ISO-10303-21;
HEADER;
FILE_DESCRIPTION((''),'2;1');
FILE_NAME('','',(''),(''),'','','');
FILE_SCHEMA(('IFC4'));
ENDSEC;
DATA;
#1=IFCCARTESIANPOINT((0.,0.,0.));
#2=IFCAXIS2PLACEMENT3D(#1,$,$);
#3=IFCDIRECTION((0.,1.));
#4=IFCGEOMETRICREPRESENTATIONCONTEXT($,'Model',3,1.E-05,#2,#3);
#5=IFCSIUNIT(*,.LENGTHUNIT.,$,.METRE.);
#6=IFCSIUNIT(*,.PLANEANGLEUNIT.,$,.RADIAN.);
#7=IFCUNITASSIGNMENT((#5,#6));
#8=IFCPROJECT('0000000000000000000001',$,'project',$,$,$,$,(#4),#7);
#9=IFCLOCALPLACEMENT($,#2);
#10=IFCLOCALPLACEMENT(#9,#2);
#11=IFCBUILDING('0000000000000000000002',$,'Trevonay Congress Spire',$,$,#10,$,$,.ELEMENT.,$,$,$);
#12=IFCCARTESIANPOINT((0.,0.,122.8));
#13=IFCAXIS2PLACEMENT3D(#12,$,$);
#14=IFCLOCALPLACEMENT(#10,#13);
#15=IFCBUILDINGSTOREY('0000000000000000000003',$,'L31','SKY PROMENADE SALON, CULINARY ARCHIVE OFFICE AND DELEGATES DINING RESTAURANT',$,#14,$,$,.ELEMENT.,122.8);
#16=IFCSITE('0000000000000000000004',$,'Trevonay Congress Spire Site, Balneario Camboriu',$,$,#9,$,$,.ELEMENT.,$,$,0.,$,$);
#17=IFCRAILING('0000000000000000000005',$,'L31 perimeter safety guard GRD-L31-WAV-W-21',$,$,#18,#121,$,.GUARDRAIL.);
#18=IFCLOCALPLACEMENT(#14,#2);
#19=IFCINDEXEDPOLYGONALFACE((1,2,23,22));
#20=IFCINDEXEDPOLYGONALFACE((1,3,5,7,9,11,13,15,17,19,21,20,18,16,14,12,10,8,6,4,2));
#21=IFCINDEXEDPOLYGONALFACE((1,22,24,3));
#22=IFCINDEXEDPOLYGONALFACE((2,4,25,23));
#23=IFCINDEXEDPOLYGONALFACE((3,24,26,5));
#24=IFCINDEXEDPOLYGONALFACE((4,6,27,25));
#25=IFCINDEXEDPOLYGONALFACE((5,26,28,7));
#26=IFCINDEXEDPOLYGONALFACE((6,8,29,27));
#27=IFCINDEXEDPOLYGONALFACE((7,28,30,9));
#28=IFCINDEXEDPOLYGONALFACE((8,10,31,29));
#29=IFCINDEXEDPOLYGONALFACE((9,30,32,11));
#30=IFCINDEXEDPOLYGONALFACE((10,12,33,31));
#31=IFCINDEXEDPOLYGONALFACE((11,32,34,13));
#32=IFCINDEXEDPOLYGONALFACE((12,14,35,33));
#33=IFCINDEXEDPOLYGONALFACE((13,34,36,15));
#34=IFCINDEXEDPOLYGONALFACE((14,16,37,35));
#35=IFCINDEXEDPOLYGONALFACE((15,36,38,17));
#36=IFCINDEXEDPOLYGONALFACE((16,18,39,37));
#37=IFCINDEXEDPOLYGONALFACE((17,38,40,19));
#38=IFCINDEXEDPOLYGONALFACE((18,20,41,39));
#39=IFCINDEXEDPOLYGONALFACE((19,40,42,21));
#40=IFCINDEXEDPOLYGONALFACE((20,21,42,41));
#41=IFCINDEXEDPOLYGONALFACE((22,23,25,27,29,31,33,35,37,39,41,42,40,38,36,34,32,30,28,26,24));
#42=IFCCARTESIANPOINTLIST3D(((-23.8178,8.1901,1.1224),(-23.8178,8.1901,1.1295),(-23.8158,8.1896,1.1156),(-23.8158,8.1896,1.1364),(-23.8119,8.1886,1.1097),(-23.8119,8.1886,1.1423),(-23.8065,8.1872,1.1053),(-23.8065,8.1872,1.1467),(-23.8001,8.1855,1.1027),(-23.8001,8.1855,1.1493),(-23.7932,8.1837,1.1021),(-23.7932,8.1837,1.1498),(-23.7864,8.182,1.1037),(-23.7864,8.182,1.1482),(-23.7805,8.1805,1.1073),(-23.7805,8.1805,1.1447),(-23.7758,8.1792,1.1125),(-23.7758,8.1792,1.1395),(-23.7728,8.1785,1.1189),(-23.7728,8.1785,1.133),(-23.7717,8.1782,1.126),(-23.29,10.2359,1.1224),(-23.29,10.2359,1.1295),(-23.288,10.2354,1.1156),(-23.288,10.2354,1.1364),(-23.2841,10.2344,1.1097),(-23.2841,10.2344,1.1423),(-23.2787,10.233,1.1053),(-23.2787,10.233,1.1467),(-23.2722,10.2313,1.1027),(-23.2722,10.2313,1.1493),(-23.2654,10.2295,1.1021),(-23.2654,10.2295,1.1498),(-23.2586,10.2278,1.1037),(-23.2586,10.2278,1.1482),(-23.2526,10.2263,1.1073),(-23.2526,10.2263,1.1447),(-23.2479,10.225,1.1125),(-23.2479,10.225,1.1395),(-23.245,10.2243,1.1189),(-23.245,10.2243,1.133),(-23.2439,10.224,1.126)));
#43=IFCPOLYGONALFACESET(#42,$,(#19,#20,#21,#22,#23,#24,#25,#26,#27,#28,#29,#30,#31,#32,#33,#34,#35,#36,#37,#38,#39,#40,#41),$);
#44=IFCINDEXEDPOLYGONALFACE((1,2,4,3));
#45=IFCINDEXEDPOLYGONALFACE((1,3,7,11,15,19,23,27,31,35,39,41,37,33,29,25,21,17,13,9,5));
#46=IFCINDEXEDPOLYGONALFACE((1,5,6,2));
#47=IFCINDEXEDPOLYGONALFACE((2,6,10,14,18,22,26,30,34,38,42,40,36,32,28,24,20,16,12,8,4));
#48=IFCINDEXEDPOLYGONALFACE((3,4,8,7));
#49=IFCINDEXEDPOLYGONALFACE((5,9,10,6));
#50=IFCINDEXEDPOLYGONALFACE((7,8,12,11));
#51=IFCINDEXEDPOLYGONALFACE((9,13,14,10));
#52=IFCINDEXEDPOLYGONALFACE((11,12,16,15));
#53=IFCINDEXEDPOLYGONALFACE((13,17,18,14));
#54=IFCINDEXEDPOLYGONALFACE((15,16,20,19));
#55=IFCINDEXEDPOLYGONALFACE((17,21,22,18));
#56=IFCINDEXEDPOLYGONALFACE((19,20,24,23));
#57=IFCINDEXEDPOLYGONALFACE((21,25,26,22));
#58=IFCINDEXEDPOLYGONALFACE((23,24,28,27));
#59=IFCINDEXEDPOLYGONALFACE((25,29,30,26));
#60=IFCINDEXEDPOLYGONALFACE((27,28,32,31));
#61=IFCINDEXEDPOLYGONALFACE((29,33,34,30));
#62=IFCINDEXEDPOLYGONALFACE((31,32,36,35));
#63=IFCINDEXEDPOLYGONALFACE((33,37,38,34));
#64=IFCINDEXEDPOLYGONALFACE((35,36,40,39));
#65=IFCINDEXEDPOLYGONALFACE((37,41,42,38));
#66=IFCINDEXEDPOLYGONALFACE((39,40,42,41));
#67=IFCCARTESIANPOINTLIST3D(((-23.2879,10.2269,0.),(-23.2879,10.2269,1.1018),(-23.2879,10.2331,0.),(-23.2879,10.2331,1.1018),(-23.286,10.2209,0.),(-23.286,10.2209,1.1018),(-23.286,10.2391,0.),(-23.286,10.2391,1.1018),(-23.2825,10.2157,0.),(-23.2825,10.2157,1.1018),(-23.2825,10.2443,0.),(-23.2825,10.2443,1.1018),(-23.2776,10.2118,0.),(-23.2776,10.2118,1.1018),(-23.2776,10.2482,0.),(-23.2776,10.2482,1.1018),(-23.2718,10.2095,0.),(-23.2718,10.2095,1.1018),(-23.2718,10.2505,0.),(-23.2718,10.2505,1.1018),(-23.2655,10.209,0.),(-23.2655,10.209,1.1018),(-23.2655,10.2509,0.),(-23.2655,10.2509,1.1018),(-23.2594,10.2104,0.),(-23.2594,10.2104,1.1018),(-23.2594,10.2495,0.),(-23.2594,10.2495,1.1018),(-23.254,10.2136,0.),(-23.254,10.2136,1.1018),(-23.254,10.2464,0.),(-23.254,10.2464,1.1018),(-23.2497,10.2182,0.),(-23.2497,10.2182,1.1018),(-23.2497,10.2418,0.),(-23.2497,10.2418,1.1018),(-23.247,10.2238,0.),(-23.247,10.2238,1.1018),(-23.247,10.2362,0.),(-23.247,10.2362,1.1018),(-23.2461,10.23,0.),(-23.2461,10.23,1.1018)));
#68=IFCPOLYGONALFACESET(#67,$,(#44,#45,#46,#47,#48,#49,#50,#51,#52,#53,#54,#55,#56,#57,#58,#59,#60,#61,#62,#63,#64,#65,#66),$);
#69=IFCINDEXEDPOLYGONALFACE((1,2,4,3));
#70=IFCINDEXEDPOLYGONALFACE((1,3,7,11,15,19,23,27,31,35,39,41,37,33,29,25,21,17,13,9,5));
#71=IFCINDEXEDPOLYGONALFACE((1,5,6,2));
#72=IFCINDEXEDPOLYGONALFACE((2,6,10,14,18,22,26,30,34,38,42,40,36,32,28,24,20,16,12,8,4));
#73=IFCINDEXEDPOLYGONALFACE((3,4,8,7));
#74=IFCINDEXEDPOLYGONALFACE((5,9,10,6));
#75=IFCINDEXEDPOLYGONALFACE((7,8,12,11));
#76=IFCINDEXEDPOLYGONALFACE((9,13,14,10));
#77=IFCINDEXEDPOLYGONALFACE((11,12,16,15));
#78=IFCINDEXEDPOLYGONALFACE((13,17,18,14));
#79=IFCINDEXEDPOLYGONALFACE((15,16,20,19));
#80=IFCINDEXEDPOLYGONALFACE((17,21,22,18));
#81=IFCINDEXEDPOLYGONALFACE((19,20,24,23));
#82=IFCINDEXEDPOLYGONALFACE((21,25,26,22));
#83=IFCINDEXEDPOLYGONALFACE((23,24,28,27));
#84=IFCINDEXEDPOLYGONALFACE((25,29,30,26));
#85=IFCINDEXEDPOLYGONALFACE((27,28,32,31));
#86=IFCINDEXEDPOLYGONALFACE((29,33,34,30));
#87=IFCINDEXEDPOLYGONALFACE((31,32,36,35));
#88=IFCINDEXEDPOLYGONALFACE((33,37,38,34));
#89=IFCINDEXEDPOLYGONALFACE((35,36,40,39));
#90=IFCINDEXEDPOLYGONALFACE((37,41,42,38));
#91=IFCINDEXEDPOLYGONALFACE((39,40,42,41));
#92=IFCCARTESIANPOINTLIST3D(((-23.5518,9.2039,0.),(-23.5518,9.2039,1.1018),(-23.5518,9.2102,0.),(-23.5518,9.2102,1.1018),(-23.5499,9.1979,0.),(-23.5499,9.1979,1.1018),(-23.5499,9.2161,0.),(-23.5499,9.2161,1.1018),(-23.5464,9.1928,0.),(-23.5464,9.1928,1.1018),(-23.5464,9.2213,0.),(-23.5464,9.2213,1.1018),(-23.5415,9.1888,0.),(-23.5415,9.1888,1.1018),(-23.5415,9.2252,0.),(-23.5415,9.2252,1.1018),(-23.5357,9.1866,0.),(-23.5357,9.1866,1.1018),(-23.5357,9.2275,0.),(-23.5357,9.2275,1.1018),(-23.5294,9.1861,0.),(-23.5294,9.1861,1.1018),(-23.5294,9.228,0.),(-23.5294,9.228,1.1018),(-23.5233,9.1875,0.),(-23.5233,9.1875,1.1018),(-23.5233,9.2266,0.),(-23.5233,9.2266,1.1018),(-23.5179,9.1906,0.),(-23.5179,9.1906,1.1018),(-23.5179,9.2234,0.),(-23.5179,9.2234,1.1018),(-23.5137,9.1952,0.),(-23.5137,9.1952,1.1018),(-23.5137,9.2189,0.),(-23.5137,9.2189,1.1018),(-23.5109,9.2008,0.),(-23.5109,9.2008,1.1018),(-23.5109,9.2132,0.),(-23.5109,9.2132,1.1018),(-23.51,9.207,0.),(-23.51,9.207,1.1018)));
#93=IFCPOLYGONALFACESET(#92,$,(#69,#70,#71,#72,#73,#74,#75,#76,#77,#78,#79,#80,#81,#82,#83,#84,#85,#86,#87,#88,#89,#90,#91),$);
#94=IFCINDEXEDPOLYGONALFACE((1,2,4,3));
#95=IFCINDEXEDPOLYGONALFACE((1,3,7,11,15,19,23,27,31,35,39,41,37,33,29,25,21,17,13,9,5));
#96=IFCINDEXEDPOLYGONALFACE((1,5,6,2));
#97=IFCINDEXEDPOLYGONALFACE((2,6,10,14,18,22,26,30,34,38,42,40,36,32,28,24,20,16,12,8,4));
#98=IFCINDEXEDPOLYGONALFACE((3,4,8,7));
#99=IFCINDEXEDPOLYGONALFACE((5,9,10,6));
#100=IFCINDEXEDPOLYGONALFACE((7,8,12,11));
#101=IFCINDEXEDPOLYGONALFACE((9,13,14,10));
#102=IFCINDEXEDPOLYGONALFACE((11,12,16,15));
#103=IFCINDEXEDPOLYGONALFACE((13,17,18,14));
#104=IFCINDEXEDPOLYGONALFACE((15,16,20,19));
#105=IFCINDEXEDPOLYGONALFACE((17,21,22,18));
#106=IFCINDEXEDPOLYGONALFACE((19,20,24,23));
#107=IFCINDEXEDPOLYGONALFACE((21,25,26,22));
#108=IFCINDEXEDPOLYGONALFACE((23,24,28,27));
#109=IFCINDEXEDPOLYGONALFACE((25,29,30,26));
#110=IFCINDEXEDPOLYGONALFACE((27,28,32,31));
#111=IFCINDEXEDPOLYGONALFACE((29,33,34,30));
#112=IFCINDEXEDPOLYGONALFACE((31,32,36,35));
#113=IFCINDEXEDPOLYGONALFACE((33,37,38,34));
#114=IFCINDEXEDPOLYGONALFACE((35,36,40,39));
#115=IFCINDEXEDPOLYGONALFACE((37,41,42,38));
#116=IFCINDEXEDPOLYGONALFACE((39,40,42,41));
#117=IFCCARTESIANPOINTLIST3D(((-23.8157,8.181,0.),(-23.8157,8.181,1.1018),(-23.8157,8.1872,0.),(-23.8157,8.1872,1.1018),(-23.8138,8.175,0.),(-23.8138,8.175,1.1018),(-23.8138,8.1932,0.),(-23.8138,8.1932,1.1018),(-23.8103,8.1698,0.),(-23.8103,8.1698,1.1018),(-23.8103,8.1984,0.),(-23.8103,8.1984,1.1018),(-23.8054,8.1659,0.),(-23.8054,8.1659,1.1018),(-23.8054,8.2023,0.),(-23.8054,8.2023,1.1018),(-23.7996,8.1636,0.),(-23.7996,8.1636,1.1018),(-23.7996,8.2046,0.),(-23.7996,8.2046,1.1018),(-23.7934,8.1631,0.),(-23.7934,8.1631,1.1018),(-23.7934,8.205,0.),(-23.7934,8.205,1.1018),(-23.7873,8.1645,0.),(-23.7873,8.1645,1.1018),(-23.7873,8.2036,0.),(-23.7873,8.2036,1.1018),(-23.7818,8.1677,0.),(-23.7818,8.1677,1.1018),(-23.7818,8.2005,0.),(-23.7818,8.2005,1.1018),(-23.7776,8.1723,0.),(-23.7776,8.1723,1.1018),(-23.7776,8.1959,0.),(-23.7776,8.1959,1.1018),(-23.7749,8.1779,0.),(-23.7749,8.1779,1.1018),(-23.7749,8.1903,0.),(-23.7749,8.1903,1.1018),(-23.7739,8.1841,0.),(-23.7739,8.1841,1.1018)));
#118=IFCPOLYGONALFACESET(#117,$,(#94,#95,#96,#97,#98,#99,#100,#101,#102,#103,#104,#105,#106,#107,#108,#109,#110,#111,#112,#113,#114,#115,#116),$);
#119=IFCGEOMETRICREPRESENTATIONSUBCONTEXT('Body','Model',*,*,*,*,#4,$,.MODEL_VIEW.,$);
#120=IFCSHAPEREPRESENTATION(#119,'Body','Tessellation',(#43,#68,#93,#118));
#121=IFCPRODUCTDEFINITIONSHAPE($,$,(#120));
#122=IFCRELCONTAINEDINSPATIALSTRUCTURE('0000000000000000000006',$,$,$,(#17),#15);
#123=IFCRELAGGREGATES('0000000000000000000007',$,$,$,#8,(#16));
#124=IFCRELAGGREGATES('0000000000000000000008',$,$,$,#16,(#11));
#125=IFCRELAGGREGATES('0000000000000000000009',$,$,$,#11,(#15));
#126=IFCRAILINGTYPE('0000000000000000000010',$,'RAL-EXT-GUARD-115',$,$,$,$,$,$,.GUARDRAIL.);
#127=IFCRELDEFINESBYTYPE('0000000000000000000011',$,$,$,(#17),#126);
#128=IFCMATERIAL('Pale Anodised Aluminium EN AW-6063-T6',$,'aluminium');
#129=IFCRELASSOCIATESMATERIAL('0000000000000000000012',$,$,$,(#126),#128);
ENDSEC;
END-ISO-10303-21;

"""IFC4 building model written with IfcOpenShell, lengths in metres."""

from ifc_helpers import new_model, si_unit, direction, frame, origin, origin_2d, place, context, subcontext, project, spatial, circle, extrude, material, type_object, element, save


model = new_model("IFC4")

# Units and contexts
model_context = context("Model", 3, precision=1e-05, world=origin(), true_north=direction((0.0, 1.0)))
body_context = subcontext(model_context, "Body", "Model", "MODEL_VIEW")
ifc_project = project(units=[si_unit("LENGTHUNIT", "METRE"), si_unit("PLANEANGLEUNIT", "RADIAN")], contexts=[model_context])

# Site, building, storey
site_placement = place(None, origin())
site = spatial("IfcSite", under=ifc_project, at=site_placement, Name="Trevonay Congress Spire Site, Balneario Camboriu", CompositionType="ELEMENT", RefElevation=0.0)
building_placement = place(site_placement, origin())
building = spatial("IfcBuilding", under=site, at=building_placement, Name="Trevonay Congress Spire", CompositionType="ELEMENT")
storey_placement = place(building_placement, frame((0.0, 0.0, 122.8)))
storey = spatial("IfcBuildingStorey", under=building, at=storey_placement, Name="L31", Description="SKY PROMENADE SALON, CULINARY ARCHIVE OFFICE AND DELEGATES DINING RESTAURANT", CompositionType="ELEMENT", Elevation=122.8)

# Shared definitions
ifc_material_1 = material(Name="Pale Anodised Aluminium EN AW-6063-T6", Category="aluminium")

# Railing
railing_type = type_object("IfcRailingType", Name="RAL-EXT-GUARD-115", PredefinedType="GUARDRAIL", material=ifc_material_1)
railing_1_placement = place(storey_placement, frame((-23.2671, 10.23, 0.0)))
element("IfcRailing", 1, at=railing_1_placement, inside=storey, type_object=railing_type, Name="L31 perimeter safety guard GRD-L31-WAV-W-21", PredefinedType="GUARDRAIL", context=body_context, shape_type="SweptSolid", body=[
    extrude(circle(Radius=0.0239, at=origin_2d()), frame((0.0, 0.0, 1.126), z_axis=(-0.249815, -0.968294, 0.0), x_axis=(0.968294, -0.249815, 0.0)), (0.0, 0.0, 1.0), 2.1128),
    extrude(circle(Radius=0.021, at=origin_2d()), origin(), (0.0, 0.0, 1.0), 1.1018),
    extrude(circle(Radius=0.021, at=origin_2d()), frame((-0.2639, -1.0229, 0.0)), (0.0, 0.0, 1.0), 1.1018),
    extrude(circle(Radius=0.021, at=origin_2d()), frame((-0.5278, -2.0459, 0.0)), (0.0, 0.0, 1.0), 1.1018),
])

save(model, "model.ifc")
